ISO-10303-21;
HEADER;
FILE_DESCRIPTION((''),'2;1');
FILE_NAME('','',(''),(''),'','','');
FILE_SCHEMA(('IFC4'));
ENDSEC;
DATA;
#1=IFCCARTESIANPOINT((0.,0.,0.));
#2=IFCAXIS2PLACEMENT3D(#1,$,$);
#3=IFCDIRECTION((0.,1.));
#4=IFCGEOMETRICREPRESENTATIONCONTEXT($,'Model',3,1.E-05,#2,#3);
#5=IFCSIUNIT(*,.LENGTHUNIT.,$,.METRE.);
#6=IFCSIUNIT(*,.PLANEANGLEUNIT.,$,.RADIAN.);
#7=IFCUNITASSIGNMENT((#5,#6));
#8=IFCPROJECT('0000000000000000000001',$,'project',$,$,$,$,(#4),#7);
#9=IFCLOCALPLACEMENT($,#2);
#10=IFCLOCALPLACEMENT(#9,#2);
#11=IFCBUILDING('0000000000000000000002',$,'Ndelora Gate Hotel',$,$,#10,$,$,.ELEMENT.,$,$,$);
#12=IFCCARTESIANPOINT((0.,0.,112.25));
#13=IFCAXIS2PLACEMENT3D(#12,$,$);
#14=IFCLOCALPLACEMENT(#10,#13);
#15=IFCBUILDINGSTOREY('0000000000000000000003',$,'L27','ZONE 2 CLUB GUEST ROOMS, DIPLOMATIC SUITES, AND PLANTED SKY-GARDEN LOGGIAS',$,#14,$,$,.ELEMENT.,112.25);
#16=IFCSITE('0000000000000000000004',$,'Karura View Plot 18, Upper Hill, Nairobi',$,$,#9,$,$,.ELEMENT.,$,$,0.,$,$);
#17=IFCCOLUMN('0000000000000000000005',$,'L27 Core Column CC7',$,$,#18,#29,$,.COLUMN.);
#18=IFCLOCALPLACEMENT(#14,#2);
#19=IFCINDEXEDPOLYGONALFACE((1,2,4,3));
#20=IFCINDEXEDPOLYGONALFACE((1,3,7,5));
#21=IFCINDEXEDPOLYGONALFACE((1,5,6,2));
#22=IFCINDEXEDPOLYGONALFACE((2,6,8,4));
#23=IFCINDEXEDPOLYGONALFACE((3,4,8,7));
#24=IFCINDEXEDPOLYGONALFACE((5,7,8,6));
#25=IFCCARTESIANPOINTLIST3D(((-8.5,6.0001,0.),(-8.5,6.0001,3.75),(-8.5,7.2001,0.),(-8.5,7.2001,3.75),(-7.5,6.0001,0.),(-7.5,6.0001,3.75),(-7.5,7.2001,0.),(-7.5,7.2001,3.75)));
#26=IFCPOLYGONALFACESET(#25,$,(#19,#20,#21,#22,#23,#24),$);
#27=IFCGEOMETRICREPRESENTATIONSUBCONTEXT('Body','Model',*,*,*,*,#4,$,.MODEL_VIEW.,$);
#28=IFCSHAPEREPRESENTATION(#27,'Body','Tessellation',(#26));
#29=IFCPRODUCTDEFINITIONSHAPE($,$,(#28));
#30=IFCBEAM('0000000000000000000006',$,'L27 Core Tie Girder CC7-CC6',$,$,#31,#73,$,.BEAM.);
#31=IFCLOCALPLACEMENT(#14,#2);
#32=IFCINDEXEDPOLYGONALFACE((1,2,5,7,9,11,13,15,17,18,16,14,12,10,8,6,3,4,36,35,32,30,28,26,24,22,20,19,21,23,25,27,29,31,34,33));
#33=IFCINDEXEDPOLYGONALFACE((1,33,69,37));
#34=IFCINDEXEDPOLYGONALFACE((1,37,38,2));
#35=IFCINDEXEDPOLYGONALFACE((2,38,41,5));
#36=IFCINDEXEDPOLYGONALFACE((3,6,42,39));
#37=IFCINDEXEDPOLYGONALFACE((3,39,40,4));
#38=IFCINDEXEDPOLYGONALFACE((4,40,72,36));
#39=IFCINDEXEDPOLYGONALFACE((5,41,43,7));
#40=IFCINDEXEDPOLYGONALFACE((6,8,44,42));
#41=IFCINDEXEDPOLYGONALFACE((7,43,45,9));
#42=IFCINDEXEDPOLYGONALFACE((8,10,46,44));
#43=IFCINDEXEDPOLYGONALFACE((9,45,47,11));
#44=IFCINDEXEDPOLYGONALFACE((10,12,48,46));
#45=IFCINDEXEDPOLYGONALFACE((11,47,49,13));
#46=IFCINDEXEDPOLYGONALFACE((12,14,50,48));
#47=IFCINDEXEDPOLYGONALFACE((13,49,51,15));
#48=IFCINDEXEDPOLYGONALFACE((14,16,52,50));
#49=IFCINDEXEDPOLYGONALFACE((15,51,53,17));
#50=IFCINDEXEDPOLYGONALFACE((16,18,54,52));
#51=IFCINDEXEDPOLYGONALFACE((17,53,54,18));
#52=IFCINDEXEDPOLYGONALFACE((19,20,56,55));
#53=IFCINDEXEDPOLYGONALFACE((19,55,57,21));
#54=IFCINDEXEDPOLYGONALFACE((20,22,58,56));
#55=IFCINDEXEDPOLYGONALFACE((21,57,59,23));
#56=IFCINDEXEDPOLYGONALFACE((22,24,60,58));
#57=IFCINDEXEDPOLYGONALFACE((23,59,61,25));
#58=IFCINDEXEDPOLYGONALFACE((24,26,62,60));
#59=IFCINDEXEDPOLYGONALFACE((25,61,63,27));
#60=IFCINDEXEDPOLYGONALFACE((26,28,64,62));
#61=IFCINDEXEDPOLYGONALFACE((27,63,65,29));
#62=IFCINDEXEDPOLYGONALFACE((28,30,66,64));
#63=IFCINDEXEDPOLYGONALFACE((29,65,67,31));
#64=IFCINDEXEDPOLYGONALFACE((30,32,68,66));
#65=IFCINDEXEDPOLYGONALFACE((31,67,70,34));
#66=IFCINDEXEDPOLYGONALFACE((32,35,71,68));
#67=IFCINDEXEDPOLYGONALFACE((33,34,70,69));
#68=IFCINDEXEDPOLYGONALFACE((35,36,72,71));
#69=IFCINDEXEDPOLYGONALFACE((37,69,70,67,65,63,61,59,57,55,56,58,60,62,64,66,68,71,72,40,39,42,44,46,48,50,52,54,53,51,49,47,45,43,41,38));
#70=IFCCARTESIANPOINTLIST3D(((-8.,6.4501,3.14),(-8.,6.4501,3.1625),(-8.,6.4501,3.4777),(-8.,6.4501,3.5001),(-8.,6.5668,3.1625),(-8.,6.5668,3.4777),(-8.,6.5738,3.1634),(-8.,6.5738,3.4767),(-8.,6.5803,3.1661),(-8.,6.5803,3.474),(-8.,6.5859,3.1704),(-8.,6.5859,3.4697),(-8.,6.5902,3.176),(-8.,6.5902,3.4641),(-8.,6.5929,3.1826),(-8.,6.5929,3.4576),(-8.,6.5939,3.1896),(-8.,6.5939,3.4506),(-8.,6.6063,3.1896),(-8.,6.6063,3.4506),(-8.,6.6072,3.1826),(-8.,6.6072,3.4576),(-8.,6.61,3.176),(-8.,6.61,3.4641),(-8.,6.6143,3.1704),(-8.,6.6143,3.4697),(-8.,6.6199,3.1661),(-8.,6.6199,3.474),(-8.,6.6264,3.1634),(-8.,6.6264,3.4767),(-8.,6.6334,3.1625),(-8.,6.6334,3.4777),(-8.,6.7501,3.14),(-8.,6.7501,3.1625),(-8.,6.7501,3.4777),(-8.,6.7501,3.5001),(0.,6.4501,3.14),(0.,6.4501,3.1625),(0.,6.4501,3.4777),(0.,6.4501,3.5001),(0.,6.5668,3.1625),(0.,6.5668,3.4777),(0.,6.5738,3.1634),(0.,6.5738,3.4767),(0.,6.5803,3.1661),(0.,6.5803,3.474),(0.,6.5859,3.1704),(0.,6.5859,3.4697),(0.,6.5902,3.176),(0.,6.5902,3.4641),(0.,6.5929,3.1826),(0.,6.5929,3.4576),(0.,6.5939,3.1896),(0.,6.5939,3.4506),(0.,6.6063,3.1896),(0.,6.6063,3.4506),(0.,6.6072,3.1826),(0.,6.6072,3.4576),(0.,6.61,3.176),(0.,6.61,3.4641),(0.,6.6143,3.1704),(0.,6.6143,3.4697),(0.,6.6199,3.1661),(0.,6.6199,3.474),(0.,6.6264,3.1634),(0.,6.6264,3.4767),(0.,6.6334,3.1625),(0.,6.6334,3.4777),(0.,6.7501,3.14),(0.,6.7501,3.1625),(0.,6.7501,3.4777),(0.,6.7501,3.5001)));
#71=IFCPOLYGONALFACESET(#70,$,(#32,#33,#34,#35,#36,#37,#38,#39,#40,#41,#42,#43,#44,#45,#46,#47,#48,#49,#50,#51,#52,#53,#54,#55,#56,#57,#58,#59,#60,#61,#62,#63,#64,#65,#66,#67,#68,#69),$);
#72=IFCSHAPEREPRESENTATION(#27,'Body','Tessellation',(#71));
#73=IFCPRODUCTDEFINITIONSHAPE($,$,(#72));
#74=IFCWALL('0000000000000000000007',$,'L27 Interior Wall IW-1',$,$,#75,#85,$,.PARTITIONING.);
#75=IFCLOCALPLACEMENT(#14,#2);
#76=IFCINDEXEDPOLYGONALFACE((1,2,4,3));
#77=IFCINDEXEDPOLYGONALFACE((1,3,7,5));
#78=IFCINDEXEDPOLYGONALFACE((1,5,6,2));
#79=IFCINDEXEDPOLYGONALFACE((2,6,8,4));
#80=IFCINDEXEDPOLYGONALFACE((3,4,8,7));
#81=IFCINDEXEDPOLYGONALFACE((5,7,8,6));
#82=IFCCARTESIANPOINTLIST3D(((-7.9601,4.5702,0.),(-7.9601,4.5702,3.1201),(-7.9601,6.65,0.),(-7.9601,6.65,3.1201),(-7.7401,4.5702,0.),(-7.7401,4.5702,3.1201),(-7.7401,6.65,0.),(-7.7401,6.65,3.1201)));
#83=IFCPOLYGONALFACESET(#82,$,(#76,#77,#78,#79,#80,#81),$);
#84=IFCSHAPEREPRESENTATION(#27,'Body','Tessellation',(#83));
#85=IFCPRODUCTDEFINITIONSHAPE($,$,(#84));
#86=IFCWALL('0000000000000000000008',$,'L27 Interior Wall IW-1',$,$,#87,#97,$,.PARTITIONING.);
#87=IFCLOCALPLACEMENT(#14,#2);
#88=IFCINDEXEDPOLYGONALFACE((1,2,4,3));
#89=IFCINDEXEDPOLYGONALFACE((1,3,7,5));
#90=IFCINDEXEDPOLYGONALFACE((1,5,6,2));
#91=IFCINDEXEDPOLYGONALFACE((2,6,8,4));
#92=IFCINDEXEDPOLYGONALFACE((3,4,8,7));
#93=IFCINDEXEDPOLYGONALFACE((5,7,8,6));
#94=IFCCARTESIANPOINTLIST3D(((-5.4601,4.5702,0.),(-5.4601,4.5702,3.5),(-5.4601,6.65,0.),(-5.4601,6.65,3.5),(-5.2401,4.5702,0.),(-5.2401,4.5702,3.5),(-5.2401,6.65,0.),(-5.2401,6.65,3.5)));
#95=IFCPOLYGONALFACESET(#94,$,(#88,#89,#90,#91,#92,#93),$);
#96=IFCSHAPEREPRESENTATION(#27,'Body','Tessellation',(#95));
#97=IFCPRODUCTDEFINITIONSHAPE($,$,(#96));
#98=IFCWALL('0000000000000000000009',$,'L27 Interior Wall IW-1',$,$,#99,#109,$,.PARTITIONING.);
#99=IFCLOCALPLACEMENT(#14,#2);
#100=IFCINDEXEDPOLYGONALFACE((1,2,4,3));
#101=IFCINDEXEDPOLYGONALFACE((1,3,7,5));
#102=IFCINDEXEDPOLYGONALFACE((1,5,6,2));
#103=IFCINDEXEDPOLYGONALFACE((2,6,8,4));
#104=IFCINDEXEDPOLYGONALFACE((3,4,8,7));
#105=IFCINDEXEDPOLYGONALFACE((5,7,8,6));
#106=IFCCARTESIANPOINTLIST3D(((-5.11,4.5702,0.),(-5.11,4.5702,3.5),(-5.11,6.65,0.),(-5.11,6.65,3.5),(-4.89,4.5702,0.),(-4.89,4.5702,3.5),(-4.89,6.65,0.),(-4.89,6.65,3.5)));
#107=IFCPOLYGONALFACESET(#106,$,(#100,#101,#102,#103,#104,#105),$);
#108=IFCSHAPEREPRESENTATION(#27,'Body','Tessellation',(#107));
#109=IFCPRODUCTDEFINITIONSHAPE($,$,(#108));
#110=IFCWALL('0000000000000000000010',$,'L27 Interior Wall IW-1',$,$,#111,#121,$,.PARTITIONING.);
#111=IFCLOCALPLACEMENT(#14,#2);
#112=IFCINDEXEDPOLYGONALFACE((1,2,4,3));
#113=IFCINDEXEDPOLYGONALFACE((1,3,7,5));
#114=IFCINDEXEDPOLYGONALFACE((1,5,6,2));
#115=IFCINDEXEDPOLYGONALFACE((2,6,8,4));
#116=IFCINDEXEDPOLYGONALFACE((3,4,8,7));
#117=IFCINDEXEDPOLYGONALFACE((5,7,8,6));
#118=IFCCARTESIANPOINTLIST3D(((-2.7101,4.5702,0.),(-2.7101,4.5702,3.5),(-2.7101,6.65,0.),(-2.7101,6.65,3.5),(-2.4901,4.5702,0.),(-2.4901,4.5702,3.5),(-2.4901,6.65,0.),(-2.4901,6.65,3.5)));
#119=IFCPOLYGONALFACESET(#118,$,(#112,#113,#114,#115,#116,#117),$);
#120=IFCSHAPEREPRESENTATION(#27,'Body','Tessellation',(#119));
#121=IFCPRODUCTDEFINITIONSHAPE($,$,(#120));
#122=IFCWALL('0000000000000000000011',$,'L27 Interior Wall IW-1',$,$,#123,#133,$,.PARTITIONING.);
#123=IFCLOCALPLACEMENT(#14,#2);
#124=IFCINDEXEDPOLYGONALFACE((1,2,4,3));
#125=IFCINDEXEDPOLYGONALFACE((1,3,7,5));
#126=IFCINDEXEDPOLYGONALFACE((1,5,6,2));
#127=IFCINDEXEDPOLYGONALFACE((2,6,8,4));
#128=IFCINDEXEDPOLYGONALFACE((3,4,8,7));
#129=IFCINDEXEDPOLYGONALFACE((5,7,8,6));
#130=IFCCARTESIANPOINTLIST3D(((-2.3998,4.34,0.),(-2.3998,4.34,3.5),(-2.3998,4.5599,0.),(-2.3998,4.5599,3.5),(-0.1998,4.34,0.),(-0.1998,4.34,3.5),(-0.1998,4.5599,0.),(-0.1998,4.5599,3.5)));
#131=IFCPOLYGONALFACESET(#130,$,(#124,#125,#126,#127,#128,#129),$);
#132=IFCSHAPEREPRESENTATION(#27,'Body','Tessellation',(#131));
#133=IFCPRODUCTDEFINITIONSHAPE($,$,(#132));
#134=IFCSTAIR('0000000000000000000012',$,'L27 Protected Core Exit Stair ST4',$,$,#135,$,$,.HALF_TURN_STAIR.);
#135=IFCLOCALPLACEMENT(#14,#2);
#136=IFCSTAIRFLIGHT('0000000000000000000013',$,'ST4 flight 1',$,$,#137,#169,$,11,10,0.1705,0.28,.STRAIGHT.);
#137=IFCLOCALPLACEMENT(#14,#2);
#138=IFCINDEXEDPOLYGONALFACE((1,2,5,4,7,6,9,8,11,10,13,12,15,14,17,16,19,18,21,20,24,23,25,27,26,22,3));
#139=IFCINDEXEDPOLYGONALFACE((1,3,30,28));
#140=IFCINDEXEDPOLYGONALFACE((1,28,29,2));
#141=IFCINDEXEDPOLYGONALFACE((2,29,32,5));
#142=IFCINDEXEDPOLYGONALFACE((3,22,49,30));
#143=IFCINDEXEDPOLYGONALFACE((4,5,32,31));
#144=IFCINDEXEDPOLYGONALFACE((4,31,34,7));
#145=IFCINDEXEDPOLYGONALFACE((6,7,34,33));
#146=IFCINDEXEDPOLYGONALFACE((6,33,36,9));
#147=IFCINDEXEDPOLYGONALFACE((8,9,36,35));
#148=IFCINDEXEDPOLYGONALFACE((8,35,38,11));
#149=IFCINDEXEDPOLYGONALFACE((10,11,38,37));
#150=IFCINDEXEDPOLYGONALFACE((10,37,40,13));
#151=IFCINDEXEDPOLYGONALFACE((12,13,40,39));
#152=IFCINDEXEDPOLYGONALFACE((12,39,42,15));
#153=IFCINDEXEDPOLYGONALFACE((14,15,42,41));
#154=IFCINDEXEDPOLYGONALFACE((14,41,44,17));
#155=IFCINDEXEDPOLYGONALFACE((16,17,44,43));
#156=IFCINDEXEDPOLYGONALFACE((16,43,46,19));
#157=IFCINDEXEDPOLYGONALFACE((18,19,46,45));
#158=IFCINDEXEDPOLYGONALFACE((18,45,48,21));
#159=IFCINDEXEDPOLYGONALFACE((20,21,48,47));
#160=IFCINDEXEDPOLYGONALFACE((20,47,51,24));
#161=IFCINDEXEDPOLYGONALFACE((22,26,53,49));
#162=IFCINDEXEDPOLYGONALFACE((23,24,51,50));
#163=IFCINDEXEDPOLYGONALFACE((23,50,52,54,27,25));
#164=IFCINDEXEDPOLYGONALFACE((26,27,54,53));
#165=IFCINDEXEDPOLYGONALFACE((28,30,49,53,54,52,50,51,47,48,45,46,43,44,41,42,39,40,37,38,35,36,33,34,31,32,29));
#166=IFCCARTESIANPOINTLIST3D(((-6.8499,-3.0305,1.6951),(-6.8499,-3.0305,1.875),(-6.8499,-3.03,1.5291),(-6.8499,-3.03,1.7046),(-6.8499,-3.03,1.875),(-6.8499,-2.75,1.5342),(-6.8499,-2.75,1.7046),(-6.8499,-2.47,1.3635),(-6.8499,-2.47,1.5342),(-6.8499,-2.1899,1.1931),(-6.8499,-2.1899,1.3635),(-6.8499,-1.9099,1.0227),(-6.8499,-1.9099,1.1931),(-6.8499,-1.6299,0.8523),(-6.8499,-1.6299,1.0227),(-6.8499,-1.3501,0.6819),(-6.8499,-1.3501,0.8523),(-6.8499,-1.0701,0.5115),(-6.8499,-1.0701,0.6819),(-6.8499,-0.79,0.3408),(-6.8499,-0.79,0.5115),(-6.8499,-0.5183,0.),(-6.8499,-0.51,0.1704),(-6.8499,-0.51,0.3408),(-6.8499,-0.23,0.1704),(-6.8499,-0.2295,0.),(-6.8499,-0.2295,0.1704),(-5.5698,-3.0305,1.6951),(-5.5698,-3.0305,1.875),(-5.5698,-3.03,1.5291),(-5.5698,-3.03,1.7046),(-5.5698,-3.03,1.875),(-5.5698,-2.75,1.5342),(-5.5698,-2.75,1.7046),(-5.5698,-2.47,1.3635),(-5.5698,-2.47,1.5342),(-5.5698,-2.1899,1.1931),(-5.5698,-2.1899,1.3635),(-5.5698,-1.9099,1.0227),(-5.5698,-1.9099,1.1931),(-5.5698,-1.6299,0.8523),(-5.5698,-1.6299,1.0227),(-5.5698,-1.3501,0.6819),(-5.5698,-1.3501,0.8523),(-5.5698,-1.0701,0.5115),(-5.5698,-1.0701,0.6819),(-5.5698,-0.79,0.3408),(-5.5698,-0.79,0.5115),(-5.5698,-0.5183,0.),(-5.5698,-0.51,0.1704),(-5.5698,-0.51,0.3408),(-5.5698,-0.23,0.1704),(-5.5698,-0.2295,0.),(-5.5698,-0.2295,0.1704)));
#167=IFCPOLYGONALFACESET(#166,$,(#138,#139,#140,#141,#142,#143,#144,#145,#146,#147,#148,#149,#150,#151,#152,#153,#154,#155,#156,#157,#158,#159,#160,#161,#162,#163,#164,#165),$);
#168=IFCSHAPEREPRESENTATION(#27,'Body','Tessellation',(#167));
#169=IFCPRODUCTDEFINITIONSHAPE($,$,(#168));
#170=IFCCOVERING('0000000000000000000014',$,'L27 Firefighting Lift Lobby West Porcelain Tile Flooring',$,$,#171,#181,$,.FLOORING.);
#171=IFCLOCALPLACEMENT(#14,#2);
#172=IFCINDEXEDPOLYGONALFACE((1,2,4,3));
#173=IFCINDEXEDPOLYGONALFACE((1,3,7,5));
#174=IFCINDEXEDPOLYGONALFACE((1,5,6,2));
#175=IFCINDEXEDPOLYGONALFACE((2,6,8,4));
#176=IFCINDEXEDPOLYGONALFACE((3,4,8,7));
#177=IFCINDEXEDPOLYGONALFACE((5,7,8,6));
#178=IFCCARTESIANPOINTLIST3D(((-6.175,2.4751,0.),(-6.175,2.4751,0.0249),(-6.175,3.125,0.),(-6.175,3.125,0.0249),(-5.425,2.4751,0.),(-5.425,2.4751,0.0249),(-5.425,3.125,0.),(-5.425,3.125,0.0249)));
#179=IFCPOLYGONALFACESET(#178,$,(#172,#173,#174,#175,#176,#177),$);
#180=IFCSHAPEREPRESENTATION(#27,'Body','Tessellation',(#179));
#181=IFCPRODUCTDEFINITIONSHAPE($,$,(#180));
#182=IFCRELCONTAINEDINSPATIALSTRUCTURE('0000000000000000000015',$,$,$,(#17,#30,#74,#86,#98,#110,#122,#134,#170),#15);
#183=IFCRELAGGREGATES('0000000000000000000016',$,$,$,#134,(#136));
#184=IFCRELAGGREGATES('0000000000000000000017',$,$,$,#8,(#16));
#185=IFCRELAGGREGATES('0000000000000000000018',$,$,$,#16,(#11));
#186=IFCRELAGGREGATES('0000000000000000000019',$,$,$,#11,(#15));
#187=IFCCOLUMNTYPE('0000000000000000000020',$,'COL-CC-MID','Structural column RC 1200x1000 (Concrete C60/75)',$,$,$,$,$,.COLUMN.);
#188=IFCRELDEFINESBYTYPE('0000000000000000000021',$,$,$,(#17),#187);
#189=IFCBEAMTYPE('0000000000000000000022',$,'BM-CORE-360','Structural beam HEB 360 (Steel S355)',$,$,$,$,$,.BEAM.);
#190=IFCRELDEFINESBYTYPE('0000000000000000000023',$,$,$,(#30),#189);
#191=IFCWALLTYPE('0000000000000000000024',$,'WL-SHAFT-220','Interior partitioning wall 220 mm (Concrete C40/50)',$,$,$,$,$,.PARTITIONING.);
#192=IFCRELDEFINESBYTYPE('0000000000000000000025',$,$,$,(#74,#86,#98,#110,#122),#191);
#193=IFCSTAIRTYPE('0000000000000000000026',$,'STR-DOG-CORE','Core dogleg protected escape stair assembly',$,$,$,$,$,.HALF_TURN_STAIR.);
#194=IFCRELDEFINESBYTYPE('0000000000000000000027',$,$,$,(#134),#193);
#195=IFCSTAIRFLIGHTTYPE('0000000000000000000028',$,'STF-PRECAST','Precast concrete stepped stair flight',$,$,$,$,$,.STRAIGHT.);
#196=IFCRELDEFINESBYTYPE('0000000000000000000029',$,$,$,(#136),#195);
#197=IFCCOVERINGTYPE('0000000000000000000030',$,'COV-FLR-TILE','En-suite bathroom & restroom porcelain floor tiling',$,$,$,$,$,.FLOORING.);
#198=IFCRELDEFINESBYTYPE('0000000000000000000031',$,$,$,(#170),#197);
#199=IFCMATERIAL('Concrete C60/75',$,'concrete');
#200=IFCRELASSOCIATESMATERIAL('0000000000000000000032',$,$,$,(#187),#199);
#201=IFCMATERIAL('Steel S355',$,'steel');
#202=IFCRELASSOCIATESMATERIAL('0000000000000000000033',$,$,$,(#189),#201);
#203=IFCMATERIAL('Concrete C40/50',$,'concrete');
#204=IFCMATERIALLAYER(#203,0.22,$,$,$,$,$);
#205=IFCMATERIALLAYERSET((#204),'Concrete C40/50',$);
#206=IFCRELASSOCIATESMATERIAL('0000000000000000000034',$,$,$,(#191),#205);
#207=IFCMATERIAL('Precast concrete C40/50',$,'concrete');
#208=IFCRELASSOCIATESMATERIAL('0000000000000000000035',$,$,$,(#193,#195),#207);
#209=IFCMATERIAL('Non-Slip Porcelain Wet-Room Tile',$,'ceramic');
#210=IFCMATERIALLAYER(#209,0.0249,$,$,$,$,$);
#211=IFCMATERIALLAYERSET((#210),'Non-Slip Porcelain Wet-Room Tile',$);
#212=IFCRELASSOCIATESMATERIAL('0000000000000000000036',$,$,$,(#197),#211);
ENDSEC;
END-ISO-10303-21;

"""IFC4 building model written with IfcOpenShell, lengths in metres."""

from ifc_helpers import new_model, si_unit, direction, frame, frame_2d, origin, origin_2d, place, context, subcontext, project, spatial, polyline, rectangle, i_section, outline, extrude, material, layer, layer_set, material_profile, profile_set, type_object, element, aggregate, save


model = new_model("IFC4")

# Units and contexts
model_context = context("Model", 3, precision=1e-05, world=origin(), true_north=direction((0.0, 1.0)))
body_context = subcontext(model_context, "Body", "Model", "MODEL_VIEW")
ifc_project = project(units=[si_unit("LENGTHUNIT", "METRE"), si_unit("PLANEANGLEUNIT", "RADIAN")], contexts=[model_context])

# Site, building, storey
site_placement = place(None, origin())
site = spatial("IfcSite", under=ifc_project, at=site_placement, Name="Karura View Plot 18, Upper Hill, Nairobi", CompositionType="ELEMENT", RefElevation=0.0)
building_placement = place(site_placement, origin())
building = spatial("IfcBuilding", under=site, at=building_placement, Name="Ndelora Gate Hotel", CompositionType="ELEMENT")
storey_placement = place(building_placement, frame((0.0, 0.0, 112.25)))
storey = spatial("IfcBuildingStorey", under=building, at=storey_placement, Name="L27", Description="ZONE 2 CLUB GUEST ROOMS, DIPLOMATIC SUITES, AND PLANTED SKY-GARDEN LOGGIAS", CompositionType="ELEMENT", Elevation=112.25)

# Column
ifc_material_1 = material(Name="Concrete C60/75", Category="concrete")
ifc_material_profile_1 = material_profile(ifc_material_1, rectangle(XDim=1.0, YDim=1.2, at=origin_2d()), Name="RC 1200x1000")
ifc_profile_set_1 = profile_set([ifc_material_profile_1], Name="Concrete C60/75")
column_type = type_object("IfcColumnType", Name="COL-CC-MID", Description="Structural column RC 1200x1000 (Concrete C60/75)", PredefinedType="COLUMN", material=ifc_profile_set_1)
column_placement = place(storey_placement, frame((-8.0, 6.6001, 0.0), z_axis=(0.0, 0.0, 1.0), x_axis=(1.0, 0.0, 0.0)))
element("IfcColumn", 1, at=column_placement, inside=storey, type_object=column_type, Name="L27 Core Column CC7", PredefinedType="COLUMN", context=body_context, shape_type="SweptSolid", body=[
    extrude(rectangle(XDim=1.0, YDim=1.2, at=origin_2d()), origin(), (0.0, 0.0, 1.0), 3.75),
])

# Beam
ifc_material_2 = material(Name="Steel S355", Category="steel")
ifc_material_profile_2 = material_profile(ifc_material_2, i_section(OverallWidth=0.3, OverallDepth=0.3601, WebThickness=0.0125, FlangeThickness=0.0225, FilletRadius=0.0271, at=origin_2d()), Name="HEB 360")
ifc_profile_set_2 = profile_set([ifc_material_profile_2], Name="Steel S355")
beam_type = type_object("IfcBeamType", Name="BM-CORE-360", Description="Structural beam HEB 360 (Steel S355)", PredefinedType="BEAM", material=ifc_profile_set_2)
beam_placement = place(storey_placement, frame((-8.0, 6.6001, 3.3201), z_axis=(1.0, 0.0, 0.0), x_axis=(0.0, 1.0, 0.0)))
element("IfcBeam", 2, at=beam_placement, inside=storey, type_object=beam_type, Name="L27 Core Tie Girder CC7-CC6", PredefinedType="BEAM", context=body_context, shape_type="SweptSolid", body=[
    extrude(i_section(OverallWidth=0.3, OverallDepth=0.3601, WebThickness=0.0125, FlangeThickness=0.0225, FilletRadius=0.0271, at=origin_2d()), origin(), (0.0, 0.0, 1.0), 8.0),
])

# Shared definitions
ifc_material_3 = material(Name="Concrete C40/50", Category="concrete")
ifc_layer_1 = layer(ifc_material_3, 0.22)
ifc_layer_set_1 = layer_set([ifc_layer_1], Name="Concrete C40/50")
wall_type_1 = type_object("IfcWallType", Name="WL-SHAFT-220", Description="Interior partitioning wall 220 mm (Concrete C40/50)", PredefinedType="PARTITIONING", material=ifc_layer_set_1)

# Walls
wall_1_placement = place(storey_placement, frame((-7.8501, 4.5701, 0.0), z_axis=(0.0, 0.0, 1.0), x_axis=(0.0, 1.0, 0.0)))
element("IfcWall", 3, at=wall_1_placement, inside=storey, type_object=wall_type_1, Name="L27 Interior Wall IW-1", PredefinedType="PARTITIONING", context=body_context, shape_type="SweptSolid", body=[
    extrude(rectangle(XDim=2.0798, YDim=0.22, at=frame_2d((1.04, 0.0))), origin(), (0.0, 0.0, 1.0), 3.1201),
])
wall_2_placement = place(storey_placement, frame((-5.3501, 4.5701, 0.0), z_axis=(0.0, 0.0, 1.0), x_axis=(0.0, 1.0, 0.0)))
element("IfcWall", 4, at=wall_2_placement, inside=storey, type_object=wall_type_1, Name="L27 Interior Wall IW-1", PredefinedType="PARTITIONING", context=body_context, shape_type="SweptSolid", body=[
    extrude(rectangle(XDim=2.0798, YDim=0.22, at=frame_2d((1.04, 0.0))), origin(), (0.0, 0.0, 1.0), 3.5),
])

# Walls
for number, where, z_axis, x_axis, name in (
    (5, (-5.0, 4.5701, 0.0), (0.0, 0.0, 1.0), (0.0, 1.0, 0.0), "L27 Interior Wall IW-1"),
    (6, (-2.6001, 4.5701, 0.0), (0.0, 0.0, 1.0), (0.0, 1.0, 0.0), "L27 Interior Wall IW-1"),
):
    element("IfcWall", number, at=place(storey_placement, frame(where, z_axis=z_axis, x_axis=x_axis)), inside=storey, type_object=wall_type_1, Name=name, PredefinedType="PARTITIONING", context=body_context, shape_type="SweptSolid", body=[
        extrude(rectangle(XDim=2.0798, YDim=0.22, at=frame_2d((1.04, 0.0))), origin(), (0.0, 0.0, 1.0), 3.5),
    ])
wall_3_placement = place(storey_placement, frame((-2.3999, 4.45, 0.0), z_axis=(0.0, 0.0, 1.0), x_axis=(1.0, 0.0, 0.0)))
element("IfcWall", 7, at=wall_3_placement, inside=storey, type_object=wall_type_1, Name="L27 Interior Wall IW-1", PredefinedType="PARTITIONING", context=body_context, shape_type="SweptSolid", body=[
    extrude(rectangle(XDim=2.2, YDim=0.22, at=frame_2d((1.1001, 0.0))), origin(), (0.0, 0.0, 1.0), 3.5),
])

# Stair, stair flight
ifc_material_4 = material(Name="Precast concrete C40/50", Category="concrete")
stair_type = type_object("IfcStairType", Name="STR-DOG-CORE", Description="Core dogleg protected escape stair assembly", PredefinedType="HALF_TURN_STAIR", material=ifc_material_4)
stair_placement = place(storey_placement, origin())
stair = element("IfcStair", 8, at=stair_placement, inside=storey, type_object=stair_type, Name="L27 Protected Core Exit Stair ST4", PredefinedType="HALF_TURN_STAIR")
stair_flight_type = type_object("IfcStairFlightType", Name="STF-PRECAST", Description="Precast concrete stepped stair flight", PredefinedType="STRAIGHT", material=ifc_material_4)
stair_flight_placement = place(storey_placement, frame((-6.21, -0.23, 0.0), z_axis=(0.0, 0.0, 1.0), x_axis=(0.0, -1.0, 0.0)))
stair_flight = element("IfcStairFlight", 9, at=stair_flight_placement, type_object=stair_flight_type, Name="ST4 flight 1", NumberOfRisers=11, NumberOfTreads=10, PredefinedType="STRAIGHT", RiserHeight=0.1705, TreadLength=0.28, context=body_context, shape_type="SweptSolid", body=[
    extrude(outline(polyline([(-0.0005, 0.0), (-0.0005, 0.1704), (0.0, 0.1704), (0.28, 0.1704), (0.28, 0.3408), (0.5601, 0.3408), (0.5601, 0.5115), (0.8401, 0.5115), (0.8401, 0.6819), (1.1201, 0.6819), (1.1201, 0.8523), (1.3999, 0.8523), (1.3999, 1.0227), (1.6799, 1.0227), (1.6799, 1.1931), (1.96, 1.1931), (1.96, 1.3635), (2.24, 1.3635), (2.24, 1.5342), (2.52, 1.5342), (2.52, 1.7046), (2.8, 1.7046), (2.8, 1.875), (2.8005, 1.875), (2.8005, 1.6951), (2.8, 1.5291), (0.2883, 0.0), (-0.0005, 0.0)])), frame((0.0, 0.6401, 0.0), z_axis=(0.0, -1.0, 0.0), x_axis=(1.0, 0.0, 0.0)), (0.0, 0.0, 1.0), 1.28),
])
aggregate(stair, [stair_flight])

# Covering
ifc_material_5 = material(Name="Non-Slip Porcelain Wet-Room Tile", Category="ceramic")
ifc_layer_2 = layer(ifc_material_5, 0.0249)
ifc_layer_set_2 = layer_set([ifc_layer_2], Name="Non-Slip Porcelain Wet-Room Tile")
covering_type = type_object("IfcCoveringType", Name="COV-FLR-TILE", Description="En-suite bathroom & restroom porcelain floor tiling", PredefinedType="FLOORING", material=ifc_layer_set_2)
covering_placement = place(storey_placement, frame((-5.8, 2.8, 0.0), z_axis=(0.0, 0.0, 1.0), x_axis=(1.0, 0.0, 0.0)))
element("IfcCovering", 10, at=covering_placement, inside=storey, type_object=covering_type, Name="L27 Firefighting Lift Lobby West Porcelain Tile Flooring", PredefinedType="FLOORING", context=body_context, shape_type="SweptSolid", body=[
    extrude(rectangle(XDim=0.75, YDim=0.6499, at=origin_2d()), origin(), (0.0, 0.0, 1.0), 0.0249),
])

save(model, "model.ifc")
